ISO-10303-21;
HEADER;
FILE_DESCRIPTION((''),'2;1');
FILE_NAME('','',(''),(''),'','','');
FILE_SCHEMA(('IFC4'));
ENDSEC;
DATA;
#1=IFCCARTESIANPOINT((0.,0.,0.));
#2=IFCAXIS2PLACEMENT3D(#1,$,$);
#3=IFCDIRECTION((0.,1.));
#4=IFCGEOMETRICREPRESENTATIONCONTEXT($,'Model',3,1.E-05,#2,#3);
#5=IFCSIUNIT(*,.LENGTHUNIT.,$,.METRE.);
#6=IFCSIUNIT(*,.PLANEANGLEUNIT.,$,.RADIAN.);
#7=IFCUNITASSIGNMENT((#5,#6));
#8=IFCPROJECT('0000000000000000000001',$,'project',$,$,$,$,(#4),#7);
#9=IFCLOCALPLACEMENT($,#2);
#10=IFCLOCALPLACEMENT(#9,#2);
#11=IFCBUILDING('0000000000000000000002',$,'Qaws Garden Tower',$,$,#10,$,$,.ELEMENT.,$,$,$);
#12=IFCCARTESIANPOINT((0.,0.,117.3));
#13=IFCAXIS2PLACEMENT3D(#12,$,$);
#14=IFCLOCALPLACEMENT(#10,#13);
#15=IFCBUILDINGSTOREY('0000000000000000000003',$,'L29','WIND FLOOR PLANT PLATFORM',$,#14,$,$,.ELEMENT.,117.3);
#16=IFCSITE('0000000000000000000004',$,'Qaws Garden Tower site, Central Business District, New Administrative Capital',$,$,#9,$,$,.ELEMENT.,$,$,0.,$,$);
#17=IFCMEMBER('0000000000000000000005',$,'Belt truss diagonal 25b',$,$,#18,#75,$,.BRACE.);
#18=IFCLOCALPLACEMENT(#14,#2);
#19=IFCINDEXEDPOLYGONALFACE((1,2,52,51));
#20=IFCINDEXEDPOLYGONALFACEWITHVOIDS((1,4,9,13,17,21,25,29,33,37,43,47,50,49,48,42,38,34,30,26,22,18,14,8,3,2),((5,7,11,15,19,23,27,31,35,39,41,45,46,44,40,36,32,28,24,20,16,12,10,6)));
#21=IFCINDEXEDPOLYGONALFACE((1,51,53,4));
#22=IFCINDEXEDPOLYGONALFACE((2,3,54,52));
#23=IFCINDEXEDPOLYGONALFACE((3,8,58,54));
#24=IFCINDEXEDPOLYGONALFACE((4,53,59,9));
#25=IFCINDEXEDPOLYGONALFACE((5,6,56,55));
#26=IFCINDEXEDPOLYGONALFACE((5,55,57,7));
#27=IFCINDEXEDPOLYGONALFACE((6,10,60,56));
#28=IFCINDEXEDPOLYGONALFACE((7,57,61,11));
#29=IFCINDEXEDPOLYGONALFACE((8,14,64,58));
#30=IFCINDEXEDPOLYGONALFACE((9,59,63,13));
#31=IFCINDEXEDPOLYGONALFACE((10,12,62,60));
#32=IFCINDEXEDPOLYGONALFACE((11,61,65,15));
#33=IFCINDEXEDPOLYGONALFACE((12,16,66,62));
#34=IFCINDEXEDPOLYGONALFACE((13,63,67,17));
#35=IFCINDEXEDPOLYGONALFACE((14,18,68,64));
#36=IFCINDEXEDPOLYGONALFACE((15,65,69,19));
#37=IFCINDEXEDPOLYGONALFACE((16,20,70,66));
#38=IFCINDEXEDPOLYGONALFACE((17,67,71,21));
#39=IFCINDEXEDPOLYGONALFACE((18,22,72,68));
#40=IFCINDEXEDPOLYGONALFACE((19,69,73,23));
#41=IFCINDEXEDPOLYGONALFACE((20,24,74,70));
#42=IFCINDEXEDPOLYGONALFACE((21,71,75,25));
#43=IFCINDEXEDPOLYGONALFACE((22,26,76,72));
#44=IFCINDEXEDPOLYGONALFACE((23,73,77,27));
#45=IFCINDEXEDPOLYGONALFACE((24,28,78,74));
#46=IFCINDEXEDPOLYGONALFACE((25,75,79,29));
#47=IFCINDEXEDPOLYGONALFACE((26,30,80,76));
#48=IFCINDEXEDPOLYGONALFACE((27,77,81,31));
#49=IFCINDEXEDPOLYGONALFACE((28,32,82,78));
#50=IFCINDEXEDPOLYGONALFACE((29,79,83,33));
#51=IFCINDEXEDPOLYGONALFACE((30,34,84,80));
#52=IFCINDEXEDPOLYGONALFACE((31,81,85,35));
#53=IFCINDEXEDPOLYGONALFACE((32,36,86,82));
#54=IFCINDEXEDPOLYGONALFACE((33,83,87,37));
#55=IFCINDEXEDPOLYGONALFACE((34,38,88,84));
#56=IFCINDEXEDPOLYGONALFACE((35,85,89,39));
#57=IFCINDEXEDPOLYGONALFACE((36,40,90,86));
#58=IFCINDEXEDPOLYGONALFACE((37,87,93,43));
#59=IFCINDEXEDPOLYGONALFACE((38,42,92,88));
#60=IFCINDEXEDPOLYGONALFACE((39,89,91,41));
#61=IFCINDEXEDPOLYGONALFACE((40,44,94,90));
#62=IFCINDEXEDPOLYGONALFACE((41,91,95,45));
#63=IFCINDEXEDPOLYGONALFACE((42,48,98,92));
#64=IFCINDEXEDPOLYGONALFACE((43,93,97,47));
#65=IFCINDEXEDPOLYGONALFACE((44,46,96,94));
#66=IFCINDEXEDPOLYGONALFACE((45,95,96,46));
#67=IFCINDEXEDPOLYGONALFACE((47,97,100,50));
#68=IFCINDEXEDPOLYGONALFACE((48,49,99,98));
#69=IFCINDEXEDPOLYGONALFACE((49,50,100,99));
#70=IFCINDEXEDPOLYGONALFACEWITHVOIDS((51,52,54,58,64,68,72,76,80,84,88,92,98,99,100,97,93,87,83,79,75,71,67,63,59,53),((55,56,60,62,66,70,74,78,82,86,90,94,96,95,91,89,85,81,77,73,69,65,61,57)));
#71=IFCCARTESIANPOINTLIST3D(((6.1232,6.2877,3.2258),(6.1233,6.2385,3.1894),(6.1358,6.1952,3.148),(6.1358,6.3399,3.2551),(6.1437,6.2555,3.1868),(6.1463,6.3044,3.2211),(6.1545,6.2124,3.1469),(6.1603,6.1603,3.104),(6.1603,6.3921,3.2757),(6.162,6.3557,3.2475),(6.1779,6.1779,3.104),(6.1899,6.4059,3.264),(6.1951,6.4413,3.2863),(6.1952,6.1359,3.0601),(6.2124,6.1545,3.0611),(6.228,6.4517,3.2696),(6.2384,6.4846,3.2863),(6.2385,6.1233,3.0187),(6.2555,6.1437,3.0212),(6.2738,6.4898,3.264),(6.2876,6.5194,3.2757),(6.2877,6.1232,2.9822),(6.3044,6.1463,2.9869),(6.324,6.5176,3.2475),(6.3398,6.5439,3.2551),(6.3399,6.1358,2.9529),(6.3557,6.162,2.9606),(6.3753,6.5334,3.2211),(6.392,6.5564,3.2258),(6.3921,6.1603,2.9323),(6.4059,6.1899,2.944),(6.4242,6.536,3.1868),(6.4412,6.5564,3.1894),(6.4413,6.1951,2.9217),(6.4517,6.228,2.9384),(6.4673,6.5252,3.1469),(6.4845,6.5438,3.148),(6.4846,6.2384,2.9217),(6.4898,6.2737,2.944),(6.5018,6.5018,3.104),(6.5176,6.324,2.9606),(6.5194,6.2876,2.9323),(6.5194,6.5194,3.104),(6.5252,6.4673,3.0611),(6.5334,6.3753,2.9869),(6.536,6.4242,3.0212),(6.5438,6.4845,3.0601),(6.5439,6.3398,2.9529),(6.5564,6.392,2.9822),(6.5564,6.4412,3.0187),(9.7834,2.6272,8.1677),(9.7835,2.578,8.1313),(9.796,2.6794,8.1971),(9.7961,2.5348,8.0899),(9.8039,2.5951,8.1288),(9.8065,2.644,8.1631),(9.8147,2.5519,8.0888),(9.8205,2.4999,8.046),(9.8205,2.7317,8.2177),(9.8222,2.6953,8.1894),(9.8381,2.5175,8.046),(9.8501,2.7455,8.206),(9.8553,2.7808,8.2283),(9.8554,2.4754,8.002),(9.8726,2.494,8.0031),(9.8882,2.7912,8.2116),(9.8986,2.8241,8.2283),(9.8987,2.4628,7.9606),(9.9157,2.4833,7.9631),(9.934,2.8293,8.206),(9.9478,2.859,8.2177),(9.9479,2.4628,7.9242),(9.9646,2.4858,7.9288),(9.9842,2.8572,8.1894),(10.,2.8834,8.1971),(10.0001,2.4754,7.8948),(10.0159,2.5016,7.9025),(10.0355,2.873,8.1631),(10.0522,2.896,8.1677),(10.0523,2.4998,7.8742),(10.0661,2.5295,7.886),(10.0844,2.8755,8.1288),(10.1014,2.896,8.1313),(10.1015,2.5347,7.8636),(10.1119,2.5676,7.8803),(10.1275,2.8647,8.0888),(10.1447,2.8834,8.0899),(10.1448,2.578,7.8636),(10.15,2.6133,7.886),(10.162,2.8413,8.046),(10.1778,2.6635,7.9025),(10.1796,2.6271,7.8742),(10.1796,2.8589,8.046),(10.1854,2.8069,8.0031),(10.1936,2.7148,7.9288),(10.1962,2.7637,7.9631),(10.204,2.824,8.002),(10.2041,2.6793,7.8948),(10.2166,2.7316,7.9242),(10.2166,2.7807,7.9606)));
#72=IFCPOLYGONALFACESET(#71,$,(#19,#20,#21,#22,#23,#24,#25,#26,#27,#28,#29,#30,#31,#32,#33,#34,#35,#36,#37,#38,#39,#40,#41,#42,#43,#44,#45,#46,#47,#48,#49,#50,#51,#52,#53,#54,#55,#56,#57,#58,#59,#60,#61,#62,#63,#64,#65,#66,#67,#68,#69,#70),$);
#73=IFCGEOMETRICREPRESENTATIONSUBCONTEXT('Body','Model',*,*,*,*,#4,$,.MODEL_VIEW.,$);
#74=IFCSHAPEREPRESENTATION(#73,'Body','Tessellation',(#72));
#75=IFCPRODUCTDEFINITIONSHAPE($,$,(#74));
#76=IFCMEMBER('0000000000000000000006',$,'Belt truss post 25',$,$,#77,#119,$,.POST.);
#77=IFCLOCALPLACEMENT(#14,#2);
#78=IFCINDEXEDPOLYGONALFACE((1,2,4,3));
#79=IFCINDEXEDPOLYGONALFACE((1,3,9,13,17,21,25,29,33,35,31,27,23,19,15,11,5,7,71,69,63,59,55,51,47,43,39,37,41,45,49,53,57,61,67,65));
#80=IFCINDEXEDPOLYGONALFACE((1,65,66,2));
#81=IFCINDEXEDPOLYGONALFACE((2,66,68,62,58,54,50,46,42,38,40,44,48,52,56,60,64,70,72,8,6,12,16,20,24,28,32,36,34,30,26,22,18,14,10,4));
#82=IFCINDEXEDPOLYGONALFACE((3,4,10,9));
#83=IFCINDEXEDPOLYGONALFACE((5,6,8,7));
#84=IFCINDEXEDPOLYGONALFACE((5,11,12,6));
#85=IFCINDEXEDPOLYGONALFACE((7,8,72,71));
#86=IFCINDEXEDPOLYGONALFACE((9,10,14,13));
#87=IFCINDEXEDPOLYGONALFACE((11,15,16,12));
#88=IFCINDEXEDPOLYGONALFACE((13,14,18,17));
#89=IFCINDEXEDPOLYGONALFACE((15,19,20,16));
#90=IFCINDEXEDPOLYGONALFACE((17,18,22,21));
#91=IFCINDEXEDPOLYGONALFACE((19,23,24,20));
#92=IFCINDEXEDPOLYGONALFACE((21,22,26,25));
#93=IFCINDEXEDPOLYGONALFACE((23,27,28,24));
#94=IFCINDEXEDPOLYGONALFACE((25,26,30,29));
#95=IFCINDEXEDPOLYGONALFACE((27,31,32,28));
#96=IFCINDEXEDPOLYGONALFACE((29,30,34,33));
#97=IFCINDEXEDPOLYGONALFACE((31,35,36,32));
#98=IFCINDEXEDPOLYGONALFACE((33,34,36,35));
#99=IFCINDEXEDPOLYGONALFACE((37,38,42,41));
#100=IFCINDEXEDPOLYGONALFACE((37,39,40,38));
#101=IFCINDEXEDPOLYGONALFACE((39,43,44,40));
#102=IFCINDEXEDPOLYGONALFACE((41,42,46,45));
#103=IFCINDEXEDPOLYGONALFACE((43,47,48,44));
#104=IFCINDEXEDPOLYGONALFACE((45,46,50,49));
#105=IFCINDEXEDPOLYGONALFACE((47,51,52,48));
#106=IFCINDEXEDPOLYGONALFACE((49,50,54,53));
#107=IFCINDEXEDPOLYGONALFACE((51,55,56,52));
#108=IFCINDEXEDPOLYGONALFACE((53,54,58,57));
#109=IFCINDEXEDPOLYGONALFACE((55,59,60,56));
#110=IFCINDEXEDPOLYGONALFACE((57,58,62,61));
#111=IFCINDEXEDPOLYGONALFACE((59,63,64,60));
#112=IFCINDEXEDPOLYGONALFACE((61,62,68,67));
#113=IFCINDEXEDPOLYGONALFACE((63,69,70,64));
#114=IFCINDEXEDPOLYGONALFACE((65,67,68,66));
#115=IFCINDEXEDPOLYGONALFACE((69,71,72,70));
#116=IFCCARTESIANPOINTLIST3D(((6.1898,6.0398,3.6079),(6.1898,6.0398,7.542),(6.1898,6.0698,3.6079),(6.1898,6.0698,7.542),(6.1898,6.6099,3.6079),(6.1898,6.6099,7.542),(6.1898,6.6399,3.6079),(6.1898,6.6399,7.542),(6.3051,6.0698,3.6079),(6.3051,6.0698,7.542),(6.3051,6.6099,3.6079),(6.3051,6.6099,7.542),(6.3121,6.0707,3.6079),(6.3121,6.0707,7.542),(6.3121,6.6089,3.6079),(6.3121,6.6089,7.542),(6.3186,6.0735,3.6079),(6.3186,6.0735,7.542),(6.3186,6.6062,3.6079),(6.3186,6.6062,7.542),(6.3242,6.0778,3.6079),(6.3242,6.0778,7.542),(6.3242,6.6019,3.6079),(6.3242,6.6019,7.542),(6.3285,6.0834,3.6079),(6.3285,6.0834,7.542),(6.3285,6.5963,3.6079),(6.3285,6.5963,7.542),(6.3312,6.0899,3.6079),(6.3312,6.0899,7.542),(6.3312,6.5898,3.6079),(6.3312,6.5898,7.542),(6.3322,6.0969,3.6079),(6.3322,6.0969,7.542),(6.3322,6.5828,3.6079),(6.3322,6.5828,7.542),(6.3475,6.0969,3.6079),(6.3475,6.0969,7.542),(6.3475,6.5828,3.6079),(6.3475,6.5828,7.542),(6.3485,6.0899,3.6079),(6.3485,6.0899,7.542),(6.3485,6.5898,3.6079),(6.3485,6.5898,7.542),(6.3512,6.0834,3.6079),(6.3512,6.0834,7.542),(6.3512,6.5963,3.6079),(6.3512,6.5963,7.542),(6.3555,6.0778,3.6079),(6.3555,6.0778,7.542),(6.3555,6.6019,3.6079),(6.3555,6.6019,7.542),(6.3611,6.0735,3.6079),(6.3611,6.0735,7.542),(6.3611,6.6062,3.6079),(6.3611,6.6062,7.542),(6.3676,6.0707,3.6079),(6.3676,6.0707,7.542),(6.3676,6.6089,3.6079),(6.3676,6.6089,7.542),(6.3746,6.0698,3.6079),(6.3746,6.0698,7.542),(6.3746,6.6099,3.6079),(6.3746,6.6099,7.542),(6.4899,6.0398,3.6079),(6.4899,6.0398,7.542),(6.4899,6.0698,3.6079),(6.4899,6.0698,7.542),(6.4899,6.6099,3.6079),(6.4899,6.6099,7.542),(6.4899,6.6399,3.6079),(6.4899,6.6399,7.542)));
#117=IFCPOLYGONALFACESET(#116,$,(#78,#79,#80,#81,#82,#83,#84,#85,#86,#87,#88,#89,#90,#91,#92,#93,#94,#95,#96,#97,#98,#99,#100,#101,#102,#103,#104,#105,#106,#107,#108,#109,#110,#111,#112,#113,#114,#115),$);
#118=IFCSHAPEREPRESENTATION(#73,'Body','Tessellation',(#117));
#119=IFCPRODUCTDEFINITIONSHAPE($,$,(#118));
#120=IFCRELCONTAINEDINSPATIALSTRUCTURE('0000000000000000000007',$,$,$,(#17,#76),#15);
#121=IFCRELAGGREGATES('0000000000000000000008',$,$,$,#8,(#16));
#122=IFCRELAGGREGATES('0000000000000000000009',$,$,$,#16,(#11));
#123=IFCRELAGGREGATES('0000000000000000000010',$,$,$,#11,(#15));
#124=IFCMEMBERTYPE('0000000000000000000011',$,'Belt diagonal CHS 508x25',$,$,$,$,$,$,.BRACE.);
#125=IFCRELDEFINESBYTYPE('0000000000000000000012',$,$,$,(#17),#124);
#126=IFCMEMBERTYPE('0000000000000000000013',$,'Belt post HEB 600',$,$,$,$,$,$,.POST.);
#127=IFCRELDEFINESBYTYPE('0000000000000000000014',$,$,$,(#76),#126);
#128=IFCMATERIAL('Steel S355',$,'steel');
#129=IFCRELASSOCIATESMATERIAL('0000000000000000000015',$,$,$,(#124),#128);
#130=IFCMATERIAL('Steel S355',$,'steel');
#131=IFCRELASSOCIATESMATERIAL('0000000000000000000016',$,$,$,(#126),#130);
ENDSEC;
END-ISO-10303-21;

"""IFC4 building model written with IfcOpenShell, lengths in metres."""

from ifc_helpers import new_model, si_unit, direction, frame, origin, origin_2d, place, context, subcontext, project, spatial, hollow_circle, i_section, extrude, material, material_profile, profile_set, type_object, element, save


model = new_model("IFC4")

# Units and contexts
model_context = context("Model", 3, precision=1e-05, world=origin(), true_north=direction((0.0, 1.0)))
body_context = subcontext(model_context, "Body", "Model", "MODEL_VIEW")
ifc_project = project(units=[si_unit("LENGTHUNIT", "METRE"), si_unit("PLANEANGLEUNIT", "RADIAN")], contexts=[model_context])

# Site, building, storey
site_placement = place(None, origin())
site = spatial("IfcSite", under=ifc_project, at=site_placement, Name="Qaws Garden Tower site, Central Business District, New Administrative Capital", CompositionType="ELEMENT", RefElevation=0.0)
building_placement = place(site_placement, origin())
building = spatial("IfcBuilding", under=site, at=building_placement, Name="Qaws Garden Tower", CompositionType="ELEMENT")
storey_placement = place(building_placement, frame((0.0, 0.0, 117.3)))
storey = spatial("IfcBuildingStorey", under=building, at=storey_placement, Name="L29", Description="WIND FLOOR PLANT PLATFORM", CompositionType="ELEMENT", Elevation=117.3)

# Members
ifc_material_1 = material(Name="Steel S355", Category="steel")
ifc_material_profile_1 = material_profile(ifc_material_1, hollow_circle(Radius=0.2539, WallThickness=0.0249, at=origin_2d()), Name="CHS 508x25")
ifc_profile_set_1 = profile_set([ifc_material_profile_1], Name="Steel S355")
member_type_1 = type_object("IfcMemberType", Name="Belt diagonal CHS 508x25", PredefinedType="BRACE", material=ifc_profile_set_1)
member_1_placement = place(storey_placement, frame((6.3398, 6.3398, 3.104), z_axis=(0.511435, -0.511469, 0.690532), x_axis=(0.70713, 0.707083, 0.0)))
element("IfcMember", 1, at=member_1_placement, inside=storey, type_object=member_type_1, Name="Belt truss diagonal 25b", PredefinedType="BRACE", context=body_context, shape_type="SweptSolid", body=[
    extrude(hollow_circle(Radius=0.2539, WallThickness=0.0249, at=origin_2d()), origin(), (0.0, 0.0, 1.0), 7.1567),
])
ifc_material_2 = material(Name="Steel S355", Category="steel")
ifc_material_profile_2 = material_profile(ifc_material_2, i_section(OverallWidth=0.3, OverallDepth=0.6001, WebThickness=0.0154, FlangeThickness=0.03, FilletRadius=0.0271, at=origin_2d()), Name="HEB 600")
ifc_profile_set_2 = profile_set([ifc_material_profile_2], Name="Steel S355")
member_type_2 = type_object("IfcMemberType", Name="Belt post HEB 600", PredefinedType="POST", material=ifc_profile_set_2)
placement_1 = place(storey_placement, frame((6.3398, 6.3398, 3.6079), z_axis=(0.0, 0.0, 1.0), x_axis=(1.0, 0.0, 0.0)))
element("IfcMember", 2, at=placement_1, inside=storey, type_object=member_type_2, Name="Belt truss post 25", PredefinedType="POST", context=body_context, shape_type="SweptSolid", body=[
    extrude(i_section(OverallWidth=0.3, OverallDepth=0.6001, WebThickness=0.0154, FlangeThickness=0.03, FilletRadius=0.0271, at=origin_2d()), origin(), (0.0, 0.0, 1.0), 3.9341),
])

save(model, "model.ifc")
